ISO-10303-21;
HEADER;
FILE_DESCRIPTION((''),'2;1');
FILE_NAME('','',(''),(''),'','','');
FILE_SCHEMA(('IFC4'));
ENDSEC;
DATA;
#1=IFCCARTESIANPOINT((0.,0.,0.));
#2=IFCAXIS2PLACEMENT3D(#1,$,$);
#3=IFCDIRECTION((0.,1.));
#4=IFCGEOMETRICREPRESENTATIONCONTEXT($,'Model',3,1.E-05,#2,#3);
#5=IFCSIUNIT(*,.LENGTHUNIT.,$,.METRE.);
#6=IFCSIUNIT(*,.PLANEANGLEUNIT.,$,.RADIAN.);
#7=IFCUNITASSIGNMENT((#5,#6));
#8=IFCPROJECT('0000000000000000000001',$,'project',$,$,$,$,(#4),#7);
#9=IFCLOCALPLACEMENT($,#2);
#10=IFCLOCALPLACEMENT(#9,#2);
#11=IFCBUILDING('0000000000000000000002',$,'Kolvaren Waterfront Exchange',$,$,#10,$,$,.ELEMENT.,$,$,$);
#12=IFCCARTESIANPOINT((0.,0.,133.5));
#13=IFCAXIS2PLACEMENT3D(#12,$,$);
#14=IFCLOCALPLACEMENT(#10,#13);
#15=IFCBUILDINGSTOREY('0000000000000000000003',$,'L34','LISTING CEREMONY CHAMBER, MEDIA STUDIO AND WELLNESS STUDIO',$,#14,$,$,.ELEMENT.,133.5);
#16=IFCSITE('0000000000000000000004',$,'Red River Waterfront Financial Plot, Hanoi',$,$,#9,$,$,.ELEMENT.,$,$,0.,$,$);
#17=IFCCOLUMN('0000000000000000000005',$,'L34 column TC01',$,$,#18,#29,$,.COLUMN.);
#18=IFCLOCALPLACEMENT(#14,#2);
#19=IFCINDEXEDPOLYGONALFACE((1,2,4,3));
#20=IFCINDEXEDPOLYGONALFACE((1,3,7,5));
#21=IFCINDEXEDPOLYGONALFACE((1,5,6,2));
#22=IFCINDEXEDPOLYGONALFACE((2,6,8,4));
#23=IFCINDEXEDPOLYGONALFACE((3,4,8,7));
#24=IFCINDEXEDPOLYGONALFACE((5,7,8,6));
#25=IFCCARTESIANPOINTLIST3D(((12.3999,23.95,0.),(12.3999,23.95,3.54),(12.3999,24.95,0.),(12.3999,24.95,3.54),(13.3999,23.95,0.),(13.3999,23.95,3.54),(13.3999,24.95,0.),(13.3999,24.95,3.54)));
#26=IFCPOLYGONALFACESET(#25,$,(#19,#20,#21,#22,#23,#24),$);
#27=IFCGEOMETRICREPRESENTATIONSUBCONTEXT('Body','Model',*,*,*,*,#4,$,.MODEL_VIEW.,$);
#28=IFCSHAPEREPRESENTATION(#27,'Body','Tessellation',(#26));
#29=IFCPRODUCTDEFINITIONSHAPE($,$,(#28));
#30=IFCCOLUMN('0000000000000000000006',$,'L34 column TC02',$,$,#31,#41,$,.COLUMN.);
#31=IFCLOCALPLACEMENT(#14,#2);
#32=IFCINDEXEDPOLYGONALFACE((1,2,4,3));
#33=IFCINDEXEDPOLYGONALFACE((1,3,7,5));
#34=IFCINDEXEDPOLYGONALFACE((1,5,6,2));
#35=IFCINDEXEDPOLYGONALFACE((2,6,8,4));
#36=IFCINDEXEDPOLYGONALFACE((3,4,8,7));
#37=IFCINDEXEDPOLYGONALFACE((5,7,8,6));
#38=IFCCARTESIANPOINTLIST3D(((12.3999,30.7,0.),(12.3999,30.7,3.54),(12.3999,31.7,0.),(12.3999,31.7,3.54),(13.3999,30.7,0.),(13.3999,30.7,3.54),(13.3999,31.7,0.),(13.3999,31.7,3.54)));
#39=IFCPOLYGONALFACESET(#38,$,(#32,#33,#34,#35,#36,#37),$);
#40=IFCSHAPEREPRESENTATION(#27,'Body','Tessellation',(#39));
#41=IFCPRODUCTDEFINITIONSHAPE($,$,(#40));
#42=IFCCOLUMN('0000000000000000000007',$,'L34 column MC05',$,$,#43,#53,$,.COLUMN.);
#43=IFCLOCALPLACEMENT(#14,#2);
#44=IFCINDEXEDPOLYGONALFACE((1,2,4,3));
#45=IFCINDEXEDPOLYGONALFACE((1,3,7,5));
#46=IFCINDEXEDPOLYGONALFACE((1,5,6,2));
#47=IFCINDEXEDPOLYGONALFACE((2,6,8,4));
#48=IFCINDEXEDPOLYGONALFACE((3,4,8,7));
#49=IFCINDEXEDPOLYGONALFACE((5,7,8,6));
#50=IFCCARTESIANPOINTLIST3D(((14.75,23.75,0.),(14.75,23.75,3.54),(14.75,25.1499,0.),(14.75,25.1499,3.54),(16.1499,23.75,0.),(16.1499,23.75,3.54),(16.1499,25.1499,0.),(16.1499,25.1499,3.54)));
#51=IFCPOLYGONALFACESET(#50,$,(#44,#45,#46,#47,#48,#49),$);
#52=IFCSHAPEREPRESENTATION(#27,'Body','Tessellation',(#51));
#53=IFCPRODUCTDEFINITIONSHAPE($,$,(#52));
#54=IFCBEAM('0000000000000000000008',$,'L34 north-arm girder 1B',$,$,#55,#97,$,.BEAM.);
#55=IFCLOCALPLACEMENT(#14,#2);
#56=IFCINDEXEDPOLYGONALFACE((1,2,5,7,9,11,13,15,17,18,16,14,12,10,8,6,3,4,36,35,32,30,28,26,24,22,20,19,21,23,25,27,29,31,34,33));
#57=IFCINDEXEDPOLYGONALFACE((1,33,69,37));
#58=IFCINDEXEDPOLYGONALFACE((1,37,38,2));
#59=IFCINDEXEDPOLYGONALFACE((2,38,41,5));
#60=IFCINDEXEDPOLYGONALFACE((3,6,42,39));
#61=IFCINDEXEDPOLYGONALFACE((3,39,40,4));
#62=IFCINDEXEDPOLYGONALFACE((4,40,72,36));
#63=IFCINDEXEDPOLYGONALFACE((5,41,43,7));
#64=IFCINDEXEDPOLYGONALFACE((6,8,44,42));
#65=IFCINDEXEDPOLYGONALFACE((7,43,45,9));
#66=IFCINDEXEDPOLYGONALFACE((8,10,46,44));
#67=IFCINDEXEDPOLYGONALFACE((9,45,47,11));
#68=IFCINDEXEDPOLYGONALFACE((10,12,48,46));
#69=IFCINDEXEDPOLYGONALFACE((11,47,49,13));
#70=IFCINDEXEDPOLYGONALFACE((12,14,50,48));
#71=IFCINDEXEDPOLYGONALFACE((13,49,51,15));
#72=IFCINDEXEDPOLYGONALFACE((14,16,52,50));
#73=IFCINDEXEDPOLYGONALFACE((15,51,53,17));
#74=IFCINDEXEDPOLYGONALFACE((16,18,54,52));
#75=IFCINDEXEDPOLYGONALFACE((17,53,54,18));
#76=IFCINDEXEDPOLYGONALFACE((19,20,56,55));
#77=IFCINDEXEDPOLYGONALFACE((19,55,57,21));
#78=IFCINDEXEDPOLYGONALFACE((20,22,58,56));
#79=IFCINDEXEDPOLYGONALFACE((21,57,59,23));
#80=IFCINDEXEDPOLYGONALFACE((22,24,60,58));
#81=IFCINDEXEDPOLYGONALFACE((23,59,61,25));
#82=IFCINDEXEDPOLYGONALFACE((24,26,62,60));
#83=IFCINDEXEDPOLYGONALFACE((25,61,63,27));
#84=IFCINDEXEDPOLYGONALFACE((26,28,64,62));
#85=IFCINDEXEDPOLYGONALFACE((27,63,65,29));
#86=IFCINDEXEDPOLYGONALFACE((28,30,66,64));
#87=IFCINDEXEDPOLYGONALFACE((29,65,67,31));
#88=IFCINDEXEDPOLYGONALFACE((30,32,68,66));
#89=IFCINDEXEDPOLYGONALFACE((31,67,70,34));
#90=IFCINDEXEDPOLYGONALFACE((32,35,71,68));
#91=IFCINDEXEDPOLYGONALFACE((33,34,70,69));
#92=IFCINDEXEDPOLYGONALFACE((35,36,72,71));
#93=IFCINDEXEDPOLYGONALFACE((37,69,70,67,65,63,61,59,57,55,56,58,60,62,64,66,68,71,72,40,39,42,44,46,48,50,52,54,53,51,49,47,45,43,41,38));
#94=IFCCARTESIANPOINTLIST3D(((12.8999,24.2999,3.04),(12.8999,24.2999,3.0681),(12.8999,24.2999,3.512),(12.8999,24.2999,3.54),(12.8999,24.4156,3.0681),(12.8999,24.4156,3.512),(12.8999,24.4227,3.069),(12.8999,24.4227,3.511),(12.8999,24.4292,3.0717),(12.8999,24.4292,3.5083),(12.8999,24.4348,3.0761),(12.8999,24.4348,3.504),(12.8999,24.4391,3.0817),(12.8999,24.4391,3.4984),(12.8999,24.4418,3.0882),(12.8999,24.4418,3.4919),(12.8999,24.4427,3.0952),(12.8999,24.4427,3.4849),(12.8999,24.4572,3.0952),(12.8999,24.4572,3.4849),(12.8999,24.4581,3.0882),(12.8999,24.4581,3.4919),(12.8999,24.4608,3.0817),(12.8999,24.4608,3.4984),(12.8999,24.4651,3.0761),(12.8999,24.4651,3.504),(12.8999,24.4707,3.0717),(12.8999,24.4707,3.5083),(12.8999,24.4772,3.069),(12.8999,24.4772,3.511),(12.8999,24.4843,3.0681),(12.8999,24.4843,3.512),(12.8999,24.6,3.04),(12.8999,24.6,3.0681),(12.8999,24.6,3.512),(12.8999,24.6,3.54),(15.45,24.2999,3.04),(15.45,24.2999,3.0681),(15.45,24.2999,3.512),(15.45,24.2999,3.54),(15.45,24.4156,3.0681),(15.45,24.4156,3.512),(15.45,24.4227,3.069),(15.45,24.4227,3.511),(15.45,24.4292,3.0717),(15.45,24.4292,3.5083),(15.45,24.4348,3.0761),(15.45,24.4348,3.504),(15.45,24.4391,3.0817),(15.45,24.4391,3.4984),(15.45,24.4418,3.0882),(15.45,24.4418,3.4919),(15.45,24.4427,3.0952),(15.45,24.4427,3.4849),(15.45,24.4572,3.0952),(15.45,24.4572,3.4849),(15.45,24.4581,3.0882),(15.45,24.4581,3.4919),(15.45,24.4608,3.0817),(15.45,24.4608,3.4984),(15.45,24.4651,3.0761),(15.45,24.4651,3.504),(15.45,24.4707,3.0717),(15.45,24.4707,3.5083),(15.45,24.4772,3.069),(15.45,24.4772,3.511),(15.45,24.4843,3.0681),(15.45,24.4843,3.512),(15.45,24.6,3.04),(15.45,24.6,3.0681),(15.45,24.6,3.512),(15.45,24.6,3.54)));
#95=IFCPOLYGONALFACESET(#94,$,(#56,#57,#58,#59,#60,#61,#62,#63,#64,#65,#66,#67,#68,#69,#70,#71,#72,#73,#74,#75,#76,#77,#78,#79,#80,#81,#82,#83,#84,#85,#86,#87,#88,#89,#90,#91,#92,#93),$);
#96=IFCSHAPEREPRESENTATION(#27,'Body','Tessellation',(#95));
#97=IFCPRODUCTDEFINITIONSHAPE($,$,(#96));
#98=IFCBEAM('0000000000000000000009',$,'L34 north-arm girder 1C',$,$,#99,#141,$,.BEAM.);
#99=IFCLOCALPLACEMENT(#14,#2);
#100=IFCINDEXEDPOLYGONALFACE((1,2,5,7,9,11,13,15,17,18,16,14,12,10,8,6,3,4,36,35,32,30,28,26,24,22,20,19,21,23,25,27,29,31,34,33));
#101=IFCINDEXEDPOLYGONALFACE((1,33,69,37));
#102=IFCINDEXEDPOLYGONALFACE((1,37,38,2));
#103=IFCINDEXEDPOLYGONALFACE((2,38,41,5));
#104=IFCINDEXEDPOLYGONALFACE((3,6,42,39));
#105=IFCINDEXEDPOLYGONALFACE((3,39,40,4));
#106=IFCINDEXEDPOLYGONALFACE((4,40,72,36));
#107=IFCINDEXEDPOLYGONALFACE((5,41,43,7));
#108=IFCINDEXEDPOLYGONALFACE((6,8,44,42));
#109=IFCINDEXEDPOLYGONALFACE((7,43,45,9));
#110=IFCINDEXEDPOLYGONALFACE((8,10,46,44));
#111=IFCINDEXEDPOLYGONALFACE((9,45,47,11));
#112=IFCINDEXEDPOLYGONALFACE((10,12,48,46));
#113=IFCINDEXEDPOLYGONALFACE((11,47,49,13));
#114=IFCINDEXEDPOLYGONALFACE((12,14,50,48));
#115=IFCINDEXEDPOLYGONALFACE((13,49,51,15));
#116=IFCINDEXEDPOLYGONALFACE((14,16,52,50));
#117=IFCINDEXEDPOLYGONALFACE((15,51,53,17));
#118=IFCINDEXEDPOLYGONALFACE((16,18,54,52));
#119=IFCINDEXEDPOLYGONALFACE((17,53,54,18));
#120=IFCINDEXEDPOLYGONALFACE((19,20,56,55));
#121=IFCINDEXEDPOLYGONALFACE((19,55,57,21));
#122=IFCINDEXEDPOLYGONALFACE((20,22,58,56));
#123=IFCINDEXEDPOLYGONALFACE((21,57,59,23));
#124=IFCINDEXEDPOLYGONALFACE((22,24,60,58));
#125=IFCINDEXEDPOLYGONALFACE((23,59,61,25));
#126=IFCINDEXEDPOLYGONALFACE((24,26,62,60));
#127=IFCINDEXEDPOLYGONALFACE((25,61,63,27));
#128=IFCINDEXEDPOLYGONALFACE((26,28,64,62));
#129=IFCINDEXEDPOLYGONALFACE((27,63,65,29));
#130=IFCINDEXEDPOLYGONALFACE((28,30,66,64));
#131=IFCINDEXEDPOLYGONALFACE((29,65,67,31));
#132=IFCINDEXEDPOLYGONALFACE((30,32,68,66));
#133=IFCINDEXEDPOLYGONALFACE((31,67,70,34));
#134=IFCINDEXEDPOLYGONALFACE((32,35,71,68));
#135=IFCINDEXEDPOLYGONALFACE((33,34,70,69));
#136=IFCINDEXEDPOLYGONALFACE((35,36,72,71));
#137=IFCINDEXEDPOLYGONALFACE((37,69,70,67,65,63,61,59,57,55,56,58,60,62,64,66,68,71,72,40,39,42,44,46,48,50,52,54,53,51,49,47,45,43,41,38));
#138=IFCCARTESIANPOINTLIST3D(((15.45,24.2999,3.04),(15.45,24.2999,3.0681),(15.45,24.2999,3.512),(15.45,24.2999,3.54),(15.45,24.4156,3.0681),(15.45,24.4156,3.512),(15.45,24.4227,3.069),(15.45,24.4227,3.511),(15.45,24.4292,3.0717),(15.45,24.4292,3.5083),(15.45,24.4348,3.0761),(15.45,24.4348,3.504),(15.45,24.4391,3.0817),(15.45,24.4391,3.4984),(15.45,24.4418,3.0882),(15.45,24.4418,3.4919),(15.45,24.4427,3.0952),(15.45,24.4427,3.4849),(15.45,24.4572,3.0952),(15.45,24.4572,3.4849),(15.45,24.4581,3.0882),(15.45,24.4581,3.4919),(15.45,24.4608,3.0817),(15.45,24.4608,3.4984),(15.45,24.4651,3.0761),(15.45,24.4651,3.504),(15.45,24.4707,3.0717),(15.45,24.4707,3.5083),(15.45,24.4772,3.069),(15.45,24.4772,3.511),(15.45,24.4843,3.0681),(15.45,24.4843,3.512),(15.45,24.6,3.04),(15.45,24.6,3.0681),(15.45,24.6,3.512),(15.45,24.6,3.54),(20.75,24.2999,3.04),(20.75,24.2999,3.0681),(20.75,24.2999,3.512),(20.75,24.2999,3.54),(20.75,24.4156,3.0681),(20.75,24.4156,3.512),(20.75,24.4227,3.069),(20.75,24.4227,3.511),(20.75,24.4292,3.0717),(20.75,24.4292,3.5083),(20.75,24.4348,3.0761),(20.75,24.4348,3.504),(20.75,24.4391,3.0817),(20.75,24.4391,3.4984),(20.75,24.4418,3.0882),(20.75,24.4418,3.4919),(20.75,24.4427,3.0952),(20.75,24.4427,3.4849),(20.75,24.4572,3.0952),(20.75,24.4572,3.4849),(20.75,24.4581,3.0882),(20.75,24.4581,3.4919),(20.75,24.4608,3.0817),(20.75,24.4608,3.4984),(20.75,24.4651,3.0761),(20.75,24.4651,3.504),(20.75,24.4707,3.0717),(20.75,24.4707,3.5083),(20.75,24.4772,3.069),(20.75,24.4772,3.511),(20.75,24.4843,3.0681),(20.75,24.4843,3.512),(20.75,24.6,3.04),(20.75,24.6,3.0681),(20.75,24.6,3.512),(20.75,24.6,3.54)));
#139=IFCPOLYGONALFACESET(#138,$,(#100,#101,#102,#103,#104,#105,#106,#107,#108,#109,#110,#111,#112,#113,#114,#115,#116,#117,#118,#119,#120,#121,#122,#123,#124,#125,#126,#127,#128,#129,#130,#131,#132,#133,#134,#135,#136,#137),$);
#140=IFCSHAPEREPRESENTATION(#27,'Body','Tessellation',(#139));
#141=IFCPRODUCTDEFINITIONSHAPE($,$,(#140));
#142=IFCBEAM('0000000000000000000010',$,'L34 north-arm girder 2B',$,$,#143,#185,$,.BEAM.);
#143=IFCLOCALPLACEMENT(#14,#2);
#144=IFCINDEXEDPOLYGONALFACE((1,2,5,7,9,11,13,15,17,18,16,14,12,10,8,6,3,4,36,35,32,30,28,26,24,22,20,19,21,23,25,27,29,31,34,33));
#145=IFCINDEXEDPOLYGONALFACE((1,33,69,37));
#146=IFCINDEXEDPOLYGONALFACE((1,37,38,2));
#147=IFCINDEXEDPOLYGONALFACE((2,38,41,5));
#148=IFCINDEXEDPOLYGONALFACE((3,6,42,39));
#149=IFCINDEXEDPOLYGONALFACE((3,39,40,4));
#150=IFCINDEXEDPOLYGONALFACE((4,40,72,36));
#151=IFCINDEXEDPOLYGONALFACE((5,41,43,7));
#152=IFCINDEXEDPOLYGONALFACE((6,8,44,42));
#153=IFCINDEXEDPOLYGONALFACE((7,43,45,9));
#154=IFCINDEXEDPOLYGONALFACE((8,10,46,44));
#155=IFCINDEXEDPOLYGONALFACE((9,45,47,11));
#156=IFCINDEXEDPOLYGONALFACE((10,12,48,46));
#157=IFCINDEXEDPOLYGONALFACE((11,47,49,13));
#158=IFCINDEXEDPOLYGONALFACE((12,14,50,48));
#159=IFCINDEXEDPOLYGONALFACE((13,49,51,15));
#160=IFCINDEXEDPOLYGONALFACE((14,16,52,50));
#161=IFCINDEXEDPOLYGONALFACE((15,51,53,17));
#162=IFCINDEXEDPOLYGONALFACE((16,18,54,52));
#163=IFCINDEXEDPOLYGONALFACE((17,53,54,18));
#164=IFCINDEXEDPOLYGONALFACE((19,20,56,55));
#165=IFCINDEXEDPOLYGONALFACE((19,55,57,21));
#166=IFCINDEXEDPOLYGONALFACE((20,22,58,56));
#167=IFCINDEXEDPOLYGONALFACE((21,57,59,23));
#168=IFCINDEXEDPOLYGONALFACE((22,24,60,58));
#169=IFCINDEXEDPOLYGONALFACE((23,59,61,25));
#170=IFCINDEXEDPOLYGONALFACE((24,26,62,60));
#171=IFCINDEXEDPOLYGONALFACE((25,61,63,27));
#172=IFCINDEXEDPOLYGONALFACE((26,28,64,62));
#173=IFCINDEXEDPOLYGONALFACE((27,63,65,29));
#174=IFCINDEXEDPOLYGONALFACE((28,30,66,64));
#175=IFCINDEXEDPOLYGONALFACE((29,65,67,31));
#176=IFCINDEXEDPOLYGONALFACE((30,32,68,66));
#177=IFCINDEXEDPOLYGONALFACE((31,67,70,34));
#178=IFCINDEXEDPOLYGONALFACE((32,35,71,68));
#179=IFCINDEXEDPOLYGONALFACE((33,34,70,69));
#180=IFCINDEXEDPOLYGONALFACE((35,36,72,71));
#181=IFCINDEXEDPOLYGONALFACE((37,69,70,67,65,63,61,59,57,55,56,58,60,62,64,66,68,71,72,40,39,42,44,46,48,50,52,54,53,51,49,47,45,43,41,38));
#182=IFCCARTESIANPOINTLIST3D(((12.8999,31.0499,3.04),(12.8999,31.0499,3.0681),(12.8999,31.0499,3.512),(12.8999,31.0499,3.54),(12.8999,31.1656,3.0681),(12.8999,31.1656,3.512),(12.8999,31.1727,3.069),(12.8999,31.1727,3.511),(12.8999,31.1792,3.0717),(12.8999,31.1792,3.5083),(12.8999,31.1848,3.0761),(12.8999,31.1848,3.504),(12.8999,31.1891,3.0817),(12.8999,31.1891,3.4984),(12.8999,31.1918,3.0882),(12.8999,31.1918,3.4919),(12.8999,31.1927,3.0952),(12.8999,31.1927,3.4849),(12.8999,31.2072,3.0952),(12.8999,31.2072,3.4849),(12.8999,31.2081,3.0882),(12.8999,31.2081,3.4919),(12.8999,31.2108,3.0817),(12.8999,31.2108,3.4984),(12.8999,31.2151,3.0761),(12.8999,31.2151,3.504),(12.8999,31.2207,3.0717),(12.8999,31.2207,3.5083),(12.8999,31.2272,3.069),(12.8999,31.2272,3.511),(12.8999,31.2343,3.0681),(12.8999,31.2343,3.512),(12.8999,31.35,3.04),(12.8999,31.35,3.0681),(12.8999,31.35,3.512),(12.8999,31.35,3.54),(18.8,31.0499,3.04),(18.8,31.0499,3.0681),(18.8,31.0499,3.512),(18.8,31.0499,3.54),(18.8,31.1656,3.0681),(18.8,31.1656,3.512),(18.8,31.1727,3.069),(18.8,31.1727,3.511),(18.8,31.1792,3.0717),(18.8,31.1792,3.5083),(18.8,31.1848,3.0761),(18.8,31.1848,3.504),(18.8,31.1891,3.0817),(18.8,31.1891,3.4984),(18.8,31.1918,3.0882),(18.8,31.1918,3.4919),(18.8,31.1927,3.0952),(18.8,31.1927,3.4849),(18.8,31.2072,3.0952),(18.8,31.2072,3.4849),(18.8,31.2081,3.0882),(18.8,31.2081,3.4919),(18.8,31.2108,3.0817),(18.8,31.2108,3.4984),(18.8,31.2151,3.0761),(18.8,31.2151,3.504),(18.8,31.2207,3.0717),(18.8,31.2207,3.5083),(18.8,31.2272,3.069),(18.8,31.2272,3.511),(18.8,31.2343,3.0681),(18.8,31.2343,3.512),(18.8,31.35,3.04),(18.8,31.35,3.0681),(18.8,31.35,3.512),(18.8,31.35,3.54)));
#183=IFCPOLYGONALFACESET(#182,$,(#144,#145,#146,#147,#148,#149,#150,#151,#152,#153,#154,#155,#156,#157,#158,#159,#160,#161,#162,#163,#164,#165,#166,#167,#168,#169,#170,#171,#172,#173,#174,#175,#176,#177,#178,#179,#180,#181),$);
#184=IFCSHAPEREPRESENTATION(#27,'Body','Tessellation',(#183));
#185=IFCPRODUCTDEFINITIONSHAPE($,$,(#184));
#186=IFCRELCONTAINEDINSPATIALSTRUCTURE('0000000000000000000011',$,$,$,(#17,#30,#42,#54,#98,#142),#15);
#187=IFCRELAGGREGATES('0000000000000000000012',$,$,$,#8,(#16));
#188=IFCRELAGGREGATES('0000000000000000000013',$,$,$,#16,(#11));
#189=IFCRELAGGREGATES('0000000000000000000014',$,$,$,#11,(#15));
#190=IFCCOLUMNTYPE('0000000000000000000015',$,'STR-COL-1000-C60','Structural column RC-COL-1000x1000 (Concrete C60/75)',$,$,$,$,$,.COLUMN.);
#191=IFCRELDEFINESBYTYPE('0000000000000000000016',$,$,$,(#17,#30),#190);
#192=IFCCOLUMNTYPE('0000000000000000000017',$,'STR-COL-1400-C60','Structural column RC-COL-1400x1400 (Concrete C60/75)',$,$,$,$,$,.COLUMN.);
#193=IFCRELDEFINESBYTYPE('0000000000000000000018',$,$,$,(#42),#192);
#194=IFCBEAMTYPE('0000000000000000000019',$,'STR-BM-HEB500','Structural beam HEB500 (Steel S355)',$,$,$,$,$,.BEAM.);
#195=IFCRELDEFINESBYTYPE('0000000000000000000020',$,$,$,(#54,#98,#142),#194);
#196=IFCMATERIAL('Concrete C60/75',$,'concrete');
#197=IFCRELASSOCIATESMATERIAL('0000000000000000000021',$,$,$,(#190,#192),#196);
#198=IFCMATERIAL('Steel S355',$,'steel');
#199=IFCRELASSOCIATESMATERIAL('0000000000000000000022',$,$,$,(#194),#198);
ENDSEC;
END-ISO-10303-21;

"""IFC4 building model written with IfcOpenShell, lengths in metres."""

from ifc_helpers import new_model, si_unit, direction, frame, origin, origin_2d, place, context, subcontext, project, spatial, rectangle, i_section, extrude, material, material_profile, profile_set, type_object, element, save


model = new_model("IFC4")

# Units and contexts
model_context = context("Model", 3, precision=1e-05, world=origin(), true_north=direction((0.0, 1.0)))
body_context = subcontext(model_context, "Body", "Model", "MODEL_VIEW")
ifc_project = project(units=[si_unit("LENGTHUNIT", "METRE"), si_unit("PLANEANGLEUNIT", "RADIAN")], contexts=[model_context])

# Site, building, storey
site_placement = place(None, origin())
site = spatial("IfcSite", under=ifc_project, at=site_placement, Name="Red River Waterfront Financial Plot, Hanoi", CompositionType="ELEMENT", RefElevation=0.0)
building_placement = place(site_placement, origin())
building = spatial("IfcBuilding", under=site, at=building_placement, Name="Kolvaren Waterfront Exchange", CompositionType="ELEMENT")
storey_placement = place(building_placement, frame((0.0, 0.0, 133.5)))
storey = spatial("IfcBuildingStorey", under=building, at=storey_placement, Name="L34", Description="LISTING CEREMONY CHAMBER, MEDIA STUDIO AND WELLNESS STUDIO", CompositionType="ELEMENT", Elevation=133.5)

# Columns
ifc_material_1 = material(Name="Concrete C60/75", Category="concrete")
ifc_material_profile_1 = material_profile(ifc_material_1, rectangle(XDim=1.0, YDim=1.0, at=origin_2d()), Name="RC-COL-1000x1000")
ifc_profile_set_1 = profile_set([ifc_material_profile_1], Name="Concrete C60/75")
column_type_1 = type_object("IfcColumnType", Name="STR-COL-1000-C60", Description="Structural column RC-COL-1000x1000 (Concrete C60/75)", PredefinedType="COLUMN", material=ifc_profile_set_1)
for number, where, z_axis, x_axis, name in (
    (1, (12.8999, 24.45, 0.0), (0.0, 0.0, 1.0), (1.0, 0.0, 0.0), "L34 column TC01"),
    (2, (12.8999, 31.2, 0.0), (0.0, 0.0, 1.0), (1.0, 0.0, 0.0), "L34 column TC02"),
):
    element("IfcColumn", number, at=place(storey_placement, frame(where, z_axis=z_axis, x_axis=x_axis)), inside=storey, type_object=column_type_1, Name=name, PredefinedType="COLUMN", context=body_context, shape_type="SweptSolid", body=[
        extrude(rectangle(XDim=1.0, YDim=1.0, at=origin_2d()), origin(), (0.0, 0.0, 1.0), 3.54),
    ])
ifc_material_profile_2 = material_profile(ifc_material_1, rectangle(XDim=1.3999, YDim=1.3999, at=origin_2d()), Name="RC-COL-1400x1400")
ifc_profile_set_2 = profile_set([ifc_material_profile_2], Name="Concrete C60/75")
column_type_2 = type_object("IfcColumnType", Name="STR-COL-1400-C60", Description="Structural column RC-COL-1400x1400 (Concrete C60/75)", PredefinedType="COLUMN", material=ifc_profile_set_2)
column_placement = place(storey_placement, frame((15.45, 24.45, 0.0), z_axis=(0.0, 0.0, 1.0), x_axis=(1.0, 0.0, 0.0)))
element("IfcColumn", 3, at=column_placement, inside=storey, type_object=column_type_2, Name="L34 column MC05", PredefinedType="COLUMN", context=body_context, shape_type="SweptSolid", body=[
    extrude(rectangle(XDim=1.3999, YDim=1.3999, at=origin_2d()), origin(), (0.0, 0.0, 1.0), 3.54),
])

# Beams
ifc_material_2 = material(Name="Steel S355", Category="steel")
ifc_material_profile_3 = material_profile(ifc_material_2, i_section(OverallWidth=0.3, OverallDepth=0.5, WebThickness=0.0144, FlangeThickness=0.0281, FilletRadius=0.0271, at=origin_2d()), Name="HEB500")
ifc_profile_set_3 = profile_set([ifc_material_profile_3], Name="Steel S355")
beam_type_1 = type_object("IfcBeamType", Name="STR-BM-HEB500", Description="Structural beam HEB500 (Steel S355)", PredefinedType="BEAM", material=ifc_profile_set_3)
beam_1_placement = place(storey_placement, frame((12.8999, 24.45, 3.29), z_axis=(1.0, 0.0, 0.0), x_axis=(0.0, 1.0, 0.0)))
element("IfcBeam", 4, at=beam_1_placement, inside=storey, type_object=beam_type_1, Name="L34 north-arm girder 1B", PredefinedType="BEAM", context=body_context, shape_type="SweptSolid", body=[
    extrude(i_section(OverallWidth=0.3, OverallDepth=0.5, WebThickness=0.0144, FlangeThickness=0.0281, FilletRadius=0.0271, at=origin_2d()), origin(), (0.0, 0.0, 1.0), 2.55),
])
beam_2_placement = place(storey_placement, frame((15.45, 24.45, 3.29), z_axis=(1.0, 0.0, 0.0), x_axis=(0.0, 1.0, 0.0)))
element("IfcBeam", 5, at=beam_2_placement, inside=storey, type_object=beam_type_1, Name="L34 north-arm girder 1C", PredefinedType="BEAM", context=body_context, shape_type="SweptSolid", body=[
    extrude(i_section(OverallWidth=0.3, OverallDepth=0.5, WebThickness=0.0144, FlangeThickness=0.0281, FilletRadius=0.0271, at=origin_2d()), origin(), (0.0, 0.0, 1.0), 5.3),
])
beam_3_placement = place(storey_placement, frame((12.8999, 31.2, 3.29), z_axis=(1.0, 0.0, 0.0), x_axis=(0.0, 1.0, 0.0)))
element("IfcBeam", 6, at=beam_3_placement, inside=storey, type_object=beam_type_1, Name="L34 north-arm girder 2B", PredefinedType="BEAM", context=body_context, shape_type="SweptSolid", body=[
    extrude(i_section(OverallWidth=0.3, OverallDepth=0.5, WebThickness=0.0144, FlangeThickness=0.0281, FilletRadius=0.0271, at=origin_2d()), origin(), (0.0, 0.0, 1.0), 5.9001),
])

save(model, "model.ifc")
